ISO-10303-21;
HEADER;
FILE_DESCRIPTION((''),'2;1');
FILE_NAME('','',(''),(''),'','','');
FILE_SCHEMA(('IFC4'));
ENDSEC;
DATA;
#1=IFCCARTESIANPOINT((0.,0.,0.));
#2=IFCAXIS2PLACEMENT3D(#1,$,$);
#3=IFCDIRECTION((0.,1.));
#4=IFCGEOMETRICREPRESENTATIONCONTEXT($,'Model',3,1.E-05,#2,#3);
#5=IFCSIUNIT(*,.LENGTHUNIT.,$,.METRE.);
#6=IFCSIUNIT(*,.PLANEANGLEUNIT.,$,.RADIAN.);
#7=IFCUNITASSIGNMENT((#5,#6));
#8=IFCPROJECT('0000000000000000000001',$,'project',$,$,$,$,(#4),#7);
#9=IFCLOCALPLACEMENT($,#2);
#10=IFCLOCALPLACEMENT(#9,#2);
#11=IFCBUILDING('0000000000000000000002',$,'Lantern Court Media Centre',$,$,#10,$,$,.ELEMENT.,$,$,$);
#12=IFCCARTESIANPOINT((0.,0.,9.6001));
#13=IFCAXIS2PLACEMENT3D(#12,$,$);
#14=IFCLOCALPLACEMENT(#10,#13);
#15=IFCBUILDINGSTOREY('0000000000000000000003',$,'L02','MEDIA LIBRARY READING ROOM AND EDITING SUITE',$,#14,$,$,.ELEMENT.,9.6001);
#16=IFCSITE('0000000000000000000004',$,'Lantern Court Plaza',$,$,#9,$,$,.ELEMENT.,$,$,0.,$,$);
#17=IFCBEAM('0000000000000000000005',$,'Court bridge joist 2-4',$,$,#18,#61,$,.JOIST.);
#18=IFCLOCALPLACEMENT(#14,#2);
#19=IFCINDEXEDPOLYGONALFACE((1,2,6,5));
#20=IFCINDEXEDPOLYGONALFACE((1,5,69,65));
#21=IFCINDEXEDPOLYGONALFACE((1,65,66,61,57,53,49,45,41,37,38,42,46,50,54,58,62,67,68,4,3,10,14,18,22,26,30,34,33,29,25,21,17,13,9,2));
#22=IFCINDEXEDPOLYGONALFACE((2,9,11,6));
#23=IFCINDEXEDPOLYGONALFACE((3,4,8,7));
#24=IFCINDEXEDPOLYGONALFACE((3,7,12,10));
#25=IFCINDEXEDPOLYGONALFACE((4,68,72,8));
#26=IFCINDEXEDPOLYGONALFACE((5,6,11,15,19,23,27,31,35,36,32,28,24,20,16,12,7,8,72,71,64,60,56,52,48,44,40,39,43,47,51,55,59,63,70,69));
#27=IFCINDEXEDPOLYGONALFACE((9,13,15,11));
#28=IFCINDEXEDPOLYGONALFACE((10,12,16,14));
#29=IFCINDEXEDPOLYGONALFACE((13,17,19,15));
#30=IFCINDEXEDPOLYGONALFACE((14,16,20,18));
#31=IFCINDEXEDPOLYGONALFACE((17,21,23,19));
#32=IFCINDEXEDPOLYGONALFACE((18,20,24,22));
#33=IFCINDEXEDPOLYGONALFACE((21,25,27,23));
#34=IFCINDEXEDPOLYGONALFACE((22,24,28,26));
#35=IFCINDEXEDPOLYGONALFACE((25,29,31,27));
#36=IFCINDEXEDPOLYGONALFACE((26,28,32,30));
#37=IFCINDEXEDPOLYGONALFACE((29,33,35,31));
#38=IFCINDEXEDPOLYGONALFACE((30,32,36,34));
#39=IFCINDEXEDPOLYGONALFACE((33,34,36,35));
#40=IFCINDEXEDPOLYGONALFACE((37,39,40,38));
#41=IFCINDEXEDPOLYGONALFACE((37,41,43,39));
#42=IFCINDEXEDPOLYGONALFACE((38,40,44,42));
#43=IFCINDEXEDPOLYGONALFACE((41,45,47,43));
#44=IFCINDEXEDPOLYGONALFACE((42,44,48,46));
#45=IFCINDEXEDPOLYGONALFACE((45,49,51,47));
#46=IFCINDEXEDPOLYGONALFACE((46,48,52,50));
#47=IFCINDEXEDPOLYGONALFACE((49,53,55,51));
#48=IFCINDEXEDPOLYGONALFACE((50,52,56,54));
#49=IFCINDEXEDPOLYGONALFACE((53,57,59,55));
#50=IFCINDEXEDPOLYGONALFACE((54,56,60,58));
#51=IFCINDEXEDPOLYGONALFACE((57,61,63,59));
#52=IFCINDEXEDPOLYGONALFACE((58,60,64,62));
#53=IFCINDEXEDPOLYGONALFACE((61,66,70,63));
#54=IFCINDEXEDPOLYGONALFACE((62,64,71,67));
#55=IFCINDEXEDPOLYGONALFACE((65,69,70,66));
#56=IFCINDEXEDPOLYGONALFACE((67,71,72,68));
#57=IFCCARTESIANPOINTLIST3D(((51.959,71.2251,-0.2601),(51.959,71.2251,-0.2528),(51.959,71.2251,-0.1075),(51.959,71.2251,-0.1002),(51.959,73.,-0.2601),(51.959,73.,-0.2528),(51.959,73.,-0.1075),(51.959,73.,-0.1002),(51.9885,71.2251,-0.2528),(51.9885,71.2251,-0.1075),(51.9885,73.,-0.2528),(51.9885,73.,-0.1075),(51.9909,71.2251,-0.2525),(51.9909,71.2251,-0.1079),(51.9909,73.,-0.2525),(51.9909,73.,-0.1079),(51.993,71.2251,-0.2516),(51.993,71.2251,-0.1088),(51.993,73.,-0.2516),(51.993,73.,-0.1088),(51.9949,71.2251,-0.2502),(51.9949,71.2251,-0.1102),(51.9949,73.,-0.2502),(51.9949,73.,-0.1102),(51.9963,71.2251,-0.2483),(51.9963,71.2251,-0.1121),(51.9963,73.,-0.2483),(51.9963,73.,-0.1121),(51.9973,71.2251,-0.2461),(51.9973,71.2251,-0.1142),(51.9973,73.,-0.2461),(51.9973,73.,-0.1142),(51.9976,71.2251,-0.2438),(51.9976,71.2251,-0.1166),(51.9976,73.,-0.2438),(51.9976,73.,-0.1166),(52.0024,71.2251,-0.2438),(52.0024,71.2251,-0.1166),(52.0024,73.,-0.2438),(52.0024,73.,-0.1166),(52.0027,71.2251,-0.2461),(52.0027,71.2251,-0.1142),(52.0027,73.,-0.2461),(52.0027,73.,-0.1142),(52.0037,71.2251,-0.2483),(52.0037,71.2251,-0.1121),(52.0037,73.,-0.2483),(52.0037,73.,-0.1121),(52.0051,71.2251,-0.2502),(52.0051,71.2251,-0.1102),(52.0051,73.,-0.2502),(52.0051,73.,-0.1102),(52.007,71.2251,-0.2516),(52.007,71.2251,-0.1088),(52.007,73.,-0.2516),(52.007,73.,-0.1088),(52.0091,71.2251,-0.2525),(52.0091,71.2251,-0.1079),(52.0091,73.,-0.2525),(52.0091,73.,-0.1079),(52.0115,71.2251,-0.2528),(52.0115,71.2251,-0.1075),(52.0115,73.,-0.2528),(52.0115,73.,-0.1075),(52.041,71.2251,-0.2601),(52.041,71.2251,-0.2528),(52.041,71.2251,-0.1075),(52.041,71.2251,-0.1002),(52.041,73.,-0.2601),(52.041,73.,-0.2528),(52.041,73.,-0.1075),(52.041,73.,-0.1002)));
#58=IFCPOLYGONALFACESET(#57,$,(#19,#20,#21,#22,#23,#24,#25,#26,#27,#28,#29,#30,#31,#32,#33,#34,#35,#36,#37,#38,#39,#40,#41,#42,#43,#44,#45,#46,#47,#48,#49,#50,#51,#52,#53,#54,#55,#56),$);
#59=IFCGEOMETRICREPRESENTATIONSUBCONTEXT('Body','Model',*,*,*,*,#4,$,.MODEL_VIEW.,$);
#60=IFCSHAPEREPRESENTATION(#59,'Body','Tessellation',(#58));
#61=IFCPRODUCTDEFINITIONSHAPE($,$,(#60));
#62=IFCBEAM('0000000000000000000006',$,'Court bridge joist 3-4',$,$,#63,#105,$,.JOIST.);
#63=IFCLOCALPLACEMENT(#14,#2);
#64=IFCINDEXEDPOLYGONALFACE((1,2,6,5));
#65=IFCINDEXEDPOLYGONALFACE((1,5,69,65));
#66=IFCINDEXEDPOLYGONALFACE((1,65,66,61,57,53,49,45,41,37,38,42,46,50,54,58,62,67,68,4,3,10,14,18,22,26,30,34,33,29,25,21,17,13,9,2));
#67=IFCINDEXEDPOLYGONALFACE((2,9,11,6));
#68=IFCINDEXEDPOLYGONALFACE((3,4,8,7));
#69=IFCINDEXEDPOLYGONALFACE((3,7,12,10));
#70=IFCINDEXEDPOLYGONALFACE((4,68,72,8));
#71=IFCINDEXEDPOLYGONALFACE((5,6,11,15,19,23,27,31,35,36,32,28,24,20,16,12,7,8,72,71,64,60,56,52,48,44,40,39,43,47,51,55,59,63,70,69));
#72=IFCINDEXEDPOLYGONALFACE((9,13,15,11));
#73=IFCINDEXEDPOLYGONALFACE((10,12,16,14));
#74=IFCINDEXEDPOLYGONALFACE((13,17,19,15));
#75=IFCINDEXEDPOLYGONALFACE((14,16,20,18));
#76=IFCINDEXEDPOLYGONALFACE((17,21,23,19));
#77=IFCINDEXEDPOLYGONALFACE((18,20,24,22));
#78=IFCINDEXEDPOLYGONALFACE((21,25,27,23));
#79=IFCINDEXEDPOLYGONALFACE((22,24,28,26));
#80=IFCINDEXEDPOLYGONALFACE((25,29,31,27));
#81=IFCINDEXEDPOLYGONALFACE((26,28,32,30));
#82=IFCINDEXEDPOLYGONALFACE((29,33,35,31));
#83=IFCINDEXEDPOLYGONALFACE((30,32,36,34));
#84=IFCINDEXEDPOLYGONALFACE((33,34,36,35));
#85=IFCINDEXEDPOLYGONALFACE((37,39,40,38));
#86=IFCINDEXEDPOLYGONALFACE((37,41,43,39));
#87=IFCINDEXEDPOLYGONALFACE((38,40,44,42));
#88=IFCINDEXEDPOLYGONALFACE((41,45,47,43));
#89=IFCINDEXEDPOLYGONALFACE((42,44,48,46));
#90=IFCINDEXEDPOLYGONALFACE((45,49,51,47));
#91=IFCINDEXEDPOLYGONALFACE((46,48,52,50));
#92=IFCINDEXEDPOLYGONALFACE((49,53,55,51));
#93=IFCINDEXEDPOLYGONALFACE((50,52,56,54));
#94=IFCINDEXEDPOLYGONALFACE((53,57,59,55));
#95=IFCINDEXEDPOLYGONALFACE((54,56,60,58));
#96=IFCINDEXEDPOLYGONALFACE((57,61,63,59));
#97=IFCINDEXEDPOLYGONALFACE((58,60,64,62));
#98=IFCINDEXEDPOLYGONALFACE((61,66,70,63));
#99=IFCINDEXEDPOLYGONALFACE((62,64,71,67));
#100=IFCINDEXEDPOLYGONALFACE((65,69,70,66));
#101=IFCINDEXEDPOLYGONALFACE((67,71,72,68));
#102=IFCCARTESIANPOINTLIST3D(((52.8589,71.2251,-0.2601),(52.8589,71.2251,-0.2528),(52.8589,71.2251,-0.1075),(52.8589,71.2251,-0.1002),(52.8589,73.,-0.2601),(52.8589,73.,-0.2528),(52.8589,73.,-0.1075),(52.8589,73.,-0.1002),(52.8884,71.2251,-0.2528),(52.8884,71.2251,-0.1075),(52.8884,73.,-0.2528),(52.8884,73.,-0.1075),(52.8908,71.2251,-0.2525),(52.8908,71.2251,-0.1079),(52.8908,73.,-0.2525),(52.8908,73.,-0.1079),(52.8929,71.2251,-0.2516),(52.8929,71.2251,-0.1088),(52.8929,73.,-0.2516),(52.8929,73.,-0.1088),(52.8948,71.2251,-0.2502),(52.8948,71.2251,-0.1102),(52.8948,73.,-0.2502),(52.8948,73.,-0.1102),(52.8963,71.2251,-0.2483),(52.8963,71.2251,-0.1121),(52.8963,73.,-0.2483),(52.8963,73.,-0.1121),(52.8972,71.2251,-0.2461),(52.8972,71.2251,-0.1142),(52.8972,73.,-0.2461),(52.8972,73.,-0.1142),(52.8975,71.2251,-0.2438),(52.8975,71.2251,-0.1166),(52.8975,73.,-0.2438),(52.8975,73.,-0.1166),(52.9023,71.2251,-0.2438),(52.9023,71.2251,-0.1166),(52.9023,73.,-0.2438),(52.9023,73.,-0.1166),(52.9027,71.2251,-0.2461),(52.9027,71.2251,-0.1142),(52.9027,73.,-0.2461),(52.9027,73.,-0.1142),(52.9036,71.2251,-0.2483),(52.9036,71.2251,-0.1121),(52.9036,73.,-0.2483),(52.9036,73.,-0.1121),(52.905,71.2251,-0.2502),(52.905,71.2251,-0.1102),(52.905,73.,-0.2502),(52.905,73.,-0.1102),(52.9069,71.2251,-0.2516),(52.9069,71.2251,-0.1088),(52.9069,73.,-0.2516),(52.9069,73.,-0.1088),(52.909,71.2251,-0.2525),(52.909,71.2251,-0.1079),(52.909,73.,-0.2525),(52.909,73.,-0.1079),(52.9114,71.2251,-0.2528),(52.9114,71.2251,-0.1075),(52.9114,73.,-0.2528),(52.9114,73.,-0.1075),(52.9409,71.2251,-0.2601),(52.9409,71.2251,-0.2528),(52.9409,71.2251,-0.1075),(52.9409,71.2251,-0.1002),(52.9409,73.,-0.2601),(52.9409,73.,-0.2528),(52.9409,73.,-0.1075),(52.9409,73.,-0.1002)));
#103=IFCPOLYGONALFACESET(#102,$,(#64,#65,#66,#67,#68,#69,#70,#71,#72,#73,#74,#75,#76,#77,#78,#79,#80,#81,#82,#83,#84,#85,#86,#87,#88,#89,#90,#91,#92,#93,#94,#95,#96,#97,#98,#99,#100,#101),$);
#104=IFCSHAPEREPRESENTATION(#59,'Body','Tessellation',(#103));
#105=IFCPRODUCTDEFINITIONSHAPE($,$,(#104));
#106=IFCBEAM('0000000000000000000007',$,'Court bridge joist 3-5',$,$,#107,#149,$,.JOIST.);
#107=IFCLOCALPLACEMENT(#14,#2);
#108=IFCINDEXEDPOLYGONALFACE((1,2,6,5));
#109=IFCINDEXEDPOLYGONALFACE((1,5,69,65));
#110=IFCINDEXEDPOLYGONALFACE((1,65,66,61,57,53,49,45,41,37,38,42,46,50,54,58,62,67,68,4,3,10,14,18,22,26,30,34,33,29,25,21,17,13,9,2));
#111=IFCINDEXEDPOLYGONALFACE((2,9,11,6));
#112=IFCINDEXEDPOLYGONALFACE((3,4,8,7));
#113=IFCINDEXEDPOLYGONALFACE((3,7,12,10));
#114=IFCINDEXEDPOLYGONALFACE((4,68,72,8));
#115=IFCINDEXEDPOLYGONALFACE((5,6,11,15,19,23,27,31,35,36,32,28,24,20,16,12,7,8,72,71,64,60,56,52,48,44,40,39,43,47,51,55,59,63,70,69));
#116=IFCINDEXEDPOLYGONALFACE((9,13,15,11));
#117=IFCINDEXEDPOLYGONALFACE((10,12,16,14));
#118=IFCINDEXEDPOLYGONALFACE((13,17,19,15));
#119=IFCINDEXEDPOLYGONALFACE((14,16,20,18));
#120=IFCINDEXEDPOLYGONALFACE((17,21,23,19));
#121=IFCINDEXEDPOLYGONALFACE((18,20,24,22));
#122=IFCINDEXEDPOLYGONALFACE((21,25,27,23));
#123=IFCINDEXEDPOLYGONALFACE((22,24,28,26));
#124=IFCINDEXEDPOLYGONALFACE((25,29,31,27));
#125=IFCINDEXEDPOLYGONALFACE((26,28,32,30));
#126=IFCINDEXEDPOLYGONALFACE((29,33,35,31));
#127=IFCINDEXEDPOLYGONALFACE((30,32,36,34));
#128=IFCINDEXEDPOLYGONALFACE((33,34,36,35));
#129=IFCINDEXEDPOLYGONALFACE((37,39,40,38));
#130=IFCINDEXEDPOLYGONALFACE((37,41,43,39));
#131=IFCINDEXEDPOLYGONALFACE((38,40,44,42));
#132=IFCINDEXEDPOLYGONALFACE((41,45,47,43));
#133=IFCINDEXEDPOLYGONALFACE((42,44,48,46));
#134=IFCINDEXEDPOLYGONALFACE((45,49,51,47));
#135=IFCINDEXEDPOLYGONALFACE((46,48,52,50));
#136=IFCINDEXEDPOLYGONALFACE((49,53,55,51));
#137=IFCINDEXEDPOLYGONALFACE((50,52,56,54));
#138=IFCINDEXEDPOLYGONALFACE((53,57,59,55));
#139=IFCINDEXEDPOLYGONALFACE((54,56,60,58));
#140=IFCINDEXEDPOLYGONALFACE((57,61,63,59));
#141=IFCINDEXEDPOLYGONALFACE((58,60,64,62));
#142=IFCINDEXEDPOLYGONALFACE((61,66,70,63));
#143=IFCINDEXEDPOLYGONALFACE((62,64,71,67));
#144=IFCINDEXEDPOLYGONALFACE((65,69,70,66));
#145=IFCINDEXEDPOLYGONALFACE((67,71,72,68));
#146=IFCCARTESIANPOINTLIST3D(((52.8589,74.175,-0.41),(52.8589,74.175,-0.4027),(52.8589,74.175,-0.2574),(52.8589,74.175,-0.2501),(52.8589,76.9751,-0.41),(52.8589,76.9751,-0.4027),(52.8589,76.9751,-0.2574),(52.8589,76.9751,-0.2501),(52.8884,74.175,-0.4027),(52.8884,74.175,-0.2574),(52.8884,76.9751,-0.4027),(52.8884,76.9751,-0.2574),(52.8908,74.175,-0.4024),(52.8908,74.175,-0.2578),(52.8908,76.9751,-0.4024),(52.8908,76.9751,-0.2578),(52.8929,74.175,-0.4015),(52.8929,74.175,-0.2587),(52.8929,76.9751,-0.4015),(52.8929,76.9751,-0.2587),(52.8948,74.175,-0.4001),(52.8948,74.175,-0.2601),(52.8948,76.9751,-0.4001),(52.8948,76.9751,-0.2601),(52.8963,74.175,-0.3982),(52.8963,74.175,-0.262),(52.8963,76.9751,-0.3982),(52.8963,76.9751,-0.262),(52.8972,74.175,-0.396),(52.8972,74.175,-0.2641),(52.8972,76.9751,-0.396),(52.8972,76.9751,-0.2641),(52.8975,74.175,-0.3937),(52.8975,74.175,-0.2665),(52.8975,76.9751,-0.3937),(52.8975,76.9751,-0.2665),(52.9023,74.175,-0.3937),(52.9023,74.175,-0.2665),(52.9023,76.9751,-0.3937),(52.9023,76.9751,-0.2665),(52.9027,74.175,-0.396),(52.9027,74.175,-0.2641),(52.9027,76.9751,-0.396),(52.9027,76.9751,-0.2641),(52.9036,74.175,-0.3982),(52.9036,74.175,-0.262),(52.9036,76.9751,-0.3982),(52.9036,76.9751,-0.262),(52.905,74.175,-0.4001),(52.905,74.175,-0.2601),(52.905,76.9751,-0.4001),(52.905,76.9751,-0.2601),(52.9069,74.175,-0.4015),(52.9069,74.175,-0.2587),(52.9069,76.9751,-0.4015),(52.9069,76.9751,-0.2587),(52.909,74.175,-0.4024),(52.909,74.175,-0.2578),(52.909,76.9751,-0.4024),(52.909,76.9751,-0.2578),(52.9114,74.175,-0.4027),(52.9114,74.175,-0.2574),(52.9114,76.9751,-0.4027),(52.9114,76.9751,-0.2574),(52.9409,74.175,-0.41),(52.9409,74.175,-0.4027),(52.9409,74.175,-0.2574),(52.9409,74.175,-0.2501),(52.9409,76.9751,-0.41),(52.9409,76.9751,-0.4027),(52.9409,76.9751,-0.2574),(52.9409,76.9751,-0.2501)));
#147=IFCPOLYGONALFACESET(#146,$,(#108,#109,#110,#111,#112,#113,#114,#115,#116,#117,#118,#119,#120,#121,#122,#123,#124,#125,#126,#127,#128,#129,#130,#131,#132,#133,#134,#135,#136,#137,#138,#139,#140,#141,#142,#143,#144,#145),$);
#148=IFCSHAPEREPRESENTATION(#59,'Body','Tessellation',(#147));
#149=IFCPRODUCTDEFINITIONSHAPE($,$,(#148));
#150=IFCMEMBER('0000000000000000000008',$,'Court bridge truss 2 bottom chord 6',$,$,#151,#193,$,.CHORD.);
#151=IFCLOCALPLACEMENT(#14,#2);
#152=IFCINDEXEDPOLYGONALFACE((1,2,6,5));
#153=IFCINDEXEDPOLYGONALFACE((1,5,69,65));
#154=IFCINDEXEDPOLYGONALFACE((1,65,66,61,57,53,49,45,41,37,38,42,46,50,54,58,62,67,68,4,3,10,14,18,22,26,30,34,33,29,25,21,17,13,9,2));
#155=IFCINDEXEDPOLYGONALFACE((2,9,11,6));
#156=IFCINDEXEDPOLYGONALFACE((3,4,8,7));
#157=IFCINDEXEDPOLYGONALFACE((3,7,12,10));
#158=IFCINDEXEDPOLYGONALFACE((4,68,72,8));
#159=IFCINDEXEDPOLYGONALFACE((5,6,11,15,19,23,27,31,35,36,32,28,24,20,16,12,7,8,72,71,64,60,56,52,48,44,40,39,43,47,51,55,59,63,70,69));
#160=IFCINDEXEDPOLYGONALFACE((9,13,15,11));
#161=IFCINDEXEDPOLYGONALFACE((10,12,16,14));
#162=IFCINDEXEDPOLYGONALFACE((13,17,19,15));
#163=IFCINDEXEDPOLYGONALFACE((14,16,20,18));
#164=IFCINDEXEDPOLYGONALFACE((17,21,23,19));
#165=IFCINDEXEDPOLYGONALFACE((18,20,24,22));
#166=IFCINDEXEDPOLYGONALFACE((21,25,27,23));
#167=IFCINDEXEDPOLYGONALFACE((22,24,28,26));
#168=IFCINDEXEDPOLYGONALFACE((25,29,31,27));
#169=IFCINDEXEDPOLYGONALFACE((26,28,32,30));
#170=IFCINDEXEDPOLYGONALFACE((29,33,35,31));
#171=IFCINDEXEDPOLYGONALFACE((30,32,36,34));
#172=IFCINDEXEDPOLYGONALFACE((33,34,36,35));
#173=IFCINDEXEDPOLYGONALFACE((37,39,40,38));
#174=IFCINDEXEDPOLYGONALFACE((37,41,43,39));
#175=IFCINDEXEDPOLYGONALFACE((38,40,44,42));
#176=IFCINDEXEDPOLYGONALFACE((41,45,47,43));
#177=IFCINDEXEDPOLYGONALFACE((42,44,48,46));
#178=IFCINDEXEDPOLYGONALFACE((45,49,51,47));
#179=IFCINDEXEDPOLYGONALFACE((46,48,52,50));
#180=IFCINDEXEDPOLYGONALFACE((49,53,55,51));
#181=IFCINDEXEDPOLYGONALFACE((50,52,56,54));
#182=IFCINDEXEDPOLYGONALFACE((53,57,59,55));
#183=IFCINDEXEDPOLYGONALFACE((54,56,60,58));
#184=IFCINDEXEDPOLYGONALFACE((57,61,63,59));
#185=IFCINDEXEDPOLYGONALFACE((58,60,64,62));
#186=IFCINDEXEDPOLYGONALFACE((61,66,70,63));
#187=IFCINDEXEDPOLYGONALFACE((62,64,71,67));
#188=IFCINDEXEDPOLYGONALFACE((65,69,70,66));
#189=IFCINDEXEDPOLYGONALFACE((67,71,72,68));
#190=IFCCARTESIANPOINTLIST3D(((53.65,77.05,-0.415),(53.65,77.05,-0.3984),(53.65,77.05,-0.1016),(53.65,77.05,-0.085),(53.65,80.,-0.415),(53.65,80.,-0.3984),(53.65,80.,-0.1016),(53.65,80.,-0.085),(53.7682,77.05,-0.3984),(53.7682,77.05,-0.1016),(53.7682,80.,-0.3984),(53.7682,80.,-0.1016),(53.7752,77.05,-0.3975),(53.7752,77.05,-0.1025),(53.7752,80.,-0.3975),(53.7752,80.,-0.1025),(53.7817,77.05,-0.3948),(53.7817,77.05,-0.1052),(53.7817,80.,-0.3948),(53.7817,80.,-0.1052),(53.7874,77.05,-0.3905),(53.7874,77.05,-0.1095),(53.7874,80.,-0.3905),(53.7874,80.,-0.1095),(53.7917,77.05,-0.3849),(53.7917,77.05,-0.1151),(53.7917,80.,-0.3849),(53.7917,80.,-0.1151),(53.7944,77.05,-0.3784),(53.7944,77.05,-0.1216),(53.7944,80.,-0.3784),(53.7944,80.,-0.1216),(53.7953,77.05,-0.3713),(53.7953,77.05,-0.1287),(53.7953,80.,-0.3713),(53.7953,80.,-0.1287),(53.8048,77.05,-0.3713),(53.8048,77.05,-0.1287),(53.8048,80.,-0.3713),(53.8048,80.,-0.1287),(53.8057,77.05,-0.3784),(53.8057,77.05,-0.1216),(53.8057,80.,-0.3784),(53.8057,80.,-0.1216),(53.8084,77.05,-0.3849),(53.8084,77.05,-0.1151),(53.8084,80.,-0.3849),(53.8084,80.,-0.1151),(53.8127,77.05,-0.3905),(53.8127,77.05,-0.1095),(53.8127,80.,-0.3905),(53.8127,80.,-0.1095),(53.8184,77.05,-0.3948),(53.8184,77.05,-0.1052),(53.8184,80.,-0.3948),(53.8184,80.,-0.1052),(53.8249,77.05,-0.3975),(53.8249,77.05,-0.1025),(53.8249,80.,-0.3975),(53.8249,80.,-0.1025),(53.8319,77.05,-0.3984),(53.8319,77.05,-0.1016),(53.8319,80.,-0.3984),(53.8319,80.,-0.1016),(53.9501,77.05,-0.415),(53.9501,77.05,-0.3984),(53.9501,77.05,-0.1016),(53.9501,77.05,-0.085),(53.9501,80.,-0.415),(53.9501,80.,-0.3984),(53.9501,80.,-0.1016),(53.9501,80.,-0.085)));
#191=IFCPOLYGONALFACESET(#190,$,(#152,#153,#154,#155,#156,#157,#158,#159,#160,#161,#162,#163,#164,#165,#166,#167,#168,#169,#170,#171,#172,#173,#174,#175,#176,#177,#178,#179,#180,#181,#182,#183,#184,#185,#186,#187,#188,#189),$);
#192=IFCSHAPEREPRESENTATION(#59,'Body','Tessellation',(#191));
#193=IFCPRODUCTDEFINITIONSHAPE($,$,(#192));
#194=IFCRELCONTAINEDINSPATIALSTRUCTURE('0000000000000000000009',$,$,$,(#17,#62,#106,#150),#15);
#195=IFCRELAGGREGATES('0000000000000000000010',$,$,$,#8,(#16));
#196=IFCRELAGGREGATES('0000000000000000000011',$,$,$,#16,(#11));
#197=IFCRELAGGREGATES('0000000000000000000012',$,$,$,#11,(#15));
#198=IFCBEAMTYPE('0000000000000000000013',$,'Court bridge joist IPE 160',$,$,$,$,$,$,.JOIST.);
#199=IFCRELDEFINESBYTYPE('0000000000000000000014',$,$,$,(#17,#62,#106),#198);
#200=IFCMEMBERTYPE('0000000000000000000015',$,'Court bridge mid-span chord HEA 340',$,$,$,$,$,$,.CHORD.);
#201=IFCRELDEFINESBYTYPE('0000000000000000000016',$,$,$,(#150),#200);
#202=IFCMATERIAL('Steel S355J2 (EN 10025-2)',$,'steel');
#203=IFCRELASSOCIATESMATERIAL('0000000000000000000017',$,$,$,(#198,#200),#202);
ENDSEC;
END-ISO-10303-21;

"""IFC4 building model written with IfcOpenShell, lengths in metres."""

from ifc_helpers import new_model, si_unit, direction, frame, origin, origin_2d, place, context, subcontext, project, spatial, i_section, extrude, material, material_profile, profile_set, type_object, element, save


model = new_model("IFC4")

# Units and contexts
model_context = context("Model", 3, precision=1e-05, world=origin(), true_north=direction((0.0, 1.0)))
body_context = subcontext(model_context, "Body", "Model", "MODEL_VIEW")
ifc_project = project(units=[si_unit("LENGTHUNIT", "METRE"), si_unit("PLANEANGLEUNIT", "RADIAN")], contexts=[model_context])

# Site, building, storey
site_placement = place(None, origin())
site = spatial("IfcSite", under=ifc_project, at=site_placement, Name="Lantern Court Plaza", CompositionType="ELEMENT", RefElevation=0.0)
building_placement = place(site_placement, origin())
building = spatial("IfcBuilding", under=site, at=building_placement, Name="Lantern Court Media Centre", CompositionType="ELEMENT")
storey_placement = place(building_placement, frame((0.0, 0.0, 9.6001)))
storey = spatial("IfcBuildingStorey", under=building, at=storey_placement, Name="L02", Description="MEDIA LIBRARY READING ROOM AND EDITING SUITE", CompositionType="ELEMENT", Elevation=9.6001)

# Shared definitions
ifc_material_1 = material(Name="Steel S355J2 (EN 10025-2)", Category="steel")

# Beams
ifc_material_profile_1 = material_profile(ifc_material_1, i_section(OverallWidth=0.082, OverallDepth=0.1599, WebThickness=0.0049, FlangeThickness=0.0073, FilletRadius=0.009, at=origin_2d()), Name="IPE 160")
ifc_profile_set_1 = profile_set([ifc_material_profile_1], Name="Steel S355J2 (EN 10025-2)")
beam_type_1 = type_object("IfcBeamType", Name="Court bridge joist IPE 160", PredefinedType="JOIST", material=ifc_profile_set_1)
for number, where, z_axis, x_axis, name in (
    (1, (52.0, 71.2251, -0.1802), (0.0, 1.0, 0.0), (-1.0, 0.0, 0.0), "Court bridge joist 2-4"),
    (2, (52.8999, 71.2251, -0.1802), (0.0, 1.0, 0.0), (-1.0, 0.0, 0.0), "Court bridge joist 3-4"),
):
    element("IfcBeam", number, at=place(storey_placement, frame(where, z_axis=z_axis, x_axis=x_axis)), inside=storey, type_object=beam_type_1, Name=name, PredefinedType="JOIST", context=body_context, shape_type="SweptSolid", body=[
        extrude(i_section(OverallWidth=0.082, OverallDepth=0.1599, WebThickness=0.0049, FlangeThickness=0.0073, FilletRadius=0.009, at=origin_2d()), origin(), (0.0, 0.0, 1.0), 1.7749),
    ])
beam_1_placement = place(storey_placement, frame((52.8999, 74.175, -0.3301), z_axis=(0.0, 1.0, 0.0), x_axis=(-1.0, 0.0, 0.0)))
element("IfcBeam", 3, at=beam_1_placement, inside=storey, type_object=beam_type_1, Name="Court bridge joist 3-5", PredefinedType="JOIST", context=body_context, shape_type="SweptSolid", body=[
    extrude(i_section(OverallWidth=0.082, OverallDepth=0.1599, WebThickness=0.0049, FlangeThickness=0.0073, FilletRadius=0.009, at=origin_2d()), origin(), (0.0, 0.0, 1.0), 2.8),
])

# Member
ifc_material_profile_2 = material_profile(ifc_material_1, i_section(OverallWidth=0.3, OverallDepth=0.3301, WebThickness=0.0095, FlangeThickness=0.0166, FilletRadius=0.0271, at=origin_2d()), Name="HEA 340")
ifc_profile_set_2 = profile_set([ifc_material_profile_2], Name="Steel S355J2 (EN 10025-2)")
member_type_1 = type_object("IfcMemberType", Name="Court bridge mid-span chord HEA 340", PredefinedType="CHORD", material=ifc_profile_set_2)
member_placement = place(storey_placement, frame((53.8, 77.05, -0.25), z_axis=(0.0, 1.0, 0.0), x_axis=(-1.0, 0.0, 0.0)))
element("IfcMember", 4, at=member_placement, inside=storey, type_object=member_type_1, Name="Court bridge truss 2 bottom chord 6", PredefinedType="CHORD", context=body_context, shape_type="SweptSolid", body=[
    extrude(i_section(OverallWidth=0.3, OverallDepth=0.3301, WebThickness=0.0095, FlangeThickness=0.0166, FilletRadius=0.0271, at=origin_2d()), origin(), (0.0, 0.0, 1.0), 2.95),
])

save(model, "model.ifc")
